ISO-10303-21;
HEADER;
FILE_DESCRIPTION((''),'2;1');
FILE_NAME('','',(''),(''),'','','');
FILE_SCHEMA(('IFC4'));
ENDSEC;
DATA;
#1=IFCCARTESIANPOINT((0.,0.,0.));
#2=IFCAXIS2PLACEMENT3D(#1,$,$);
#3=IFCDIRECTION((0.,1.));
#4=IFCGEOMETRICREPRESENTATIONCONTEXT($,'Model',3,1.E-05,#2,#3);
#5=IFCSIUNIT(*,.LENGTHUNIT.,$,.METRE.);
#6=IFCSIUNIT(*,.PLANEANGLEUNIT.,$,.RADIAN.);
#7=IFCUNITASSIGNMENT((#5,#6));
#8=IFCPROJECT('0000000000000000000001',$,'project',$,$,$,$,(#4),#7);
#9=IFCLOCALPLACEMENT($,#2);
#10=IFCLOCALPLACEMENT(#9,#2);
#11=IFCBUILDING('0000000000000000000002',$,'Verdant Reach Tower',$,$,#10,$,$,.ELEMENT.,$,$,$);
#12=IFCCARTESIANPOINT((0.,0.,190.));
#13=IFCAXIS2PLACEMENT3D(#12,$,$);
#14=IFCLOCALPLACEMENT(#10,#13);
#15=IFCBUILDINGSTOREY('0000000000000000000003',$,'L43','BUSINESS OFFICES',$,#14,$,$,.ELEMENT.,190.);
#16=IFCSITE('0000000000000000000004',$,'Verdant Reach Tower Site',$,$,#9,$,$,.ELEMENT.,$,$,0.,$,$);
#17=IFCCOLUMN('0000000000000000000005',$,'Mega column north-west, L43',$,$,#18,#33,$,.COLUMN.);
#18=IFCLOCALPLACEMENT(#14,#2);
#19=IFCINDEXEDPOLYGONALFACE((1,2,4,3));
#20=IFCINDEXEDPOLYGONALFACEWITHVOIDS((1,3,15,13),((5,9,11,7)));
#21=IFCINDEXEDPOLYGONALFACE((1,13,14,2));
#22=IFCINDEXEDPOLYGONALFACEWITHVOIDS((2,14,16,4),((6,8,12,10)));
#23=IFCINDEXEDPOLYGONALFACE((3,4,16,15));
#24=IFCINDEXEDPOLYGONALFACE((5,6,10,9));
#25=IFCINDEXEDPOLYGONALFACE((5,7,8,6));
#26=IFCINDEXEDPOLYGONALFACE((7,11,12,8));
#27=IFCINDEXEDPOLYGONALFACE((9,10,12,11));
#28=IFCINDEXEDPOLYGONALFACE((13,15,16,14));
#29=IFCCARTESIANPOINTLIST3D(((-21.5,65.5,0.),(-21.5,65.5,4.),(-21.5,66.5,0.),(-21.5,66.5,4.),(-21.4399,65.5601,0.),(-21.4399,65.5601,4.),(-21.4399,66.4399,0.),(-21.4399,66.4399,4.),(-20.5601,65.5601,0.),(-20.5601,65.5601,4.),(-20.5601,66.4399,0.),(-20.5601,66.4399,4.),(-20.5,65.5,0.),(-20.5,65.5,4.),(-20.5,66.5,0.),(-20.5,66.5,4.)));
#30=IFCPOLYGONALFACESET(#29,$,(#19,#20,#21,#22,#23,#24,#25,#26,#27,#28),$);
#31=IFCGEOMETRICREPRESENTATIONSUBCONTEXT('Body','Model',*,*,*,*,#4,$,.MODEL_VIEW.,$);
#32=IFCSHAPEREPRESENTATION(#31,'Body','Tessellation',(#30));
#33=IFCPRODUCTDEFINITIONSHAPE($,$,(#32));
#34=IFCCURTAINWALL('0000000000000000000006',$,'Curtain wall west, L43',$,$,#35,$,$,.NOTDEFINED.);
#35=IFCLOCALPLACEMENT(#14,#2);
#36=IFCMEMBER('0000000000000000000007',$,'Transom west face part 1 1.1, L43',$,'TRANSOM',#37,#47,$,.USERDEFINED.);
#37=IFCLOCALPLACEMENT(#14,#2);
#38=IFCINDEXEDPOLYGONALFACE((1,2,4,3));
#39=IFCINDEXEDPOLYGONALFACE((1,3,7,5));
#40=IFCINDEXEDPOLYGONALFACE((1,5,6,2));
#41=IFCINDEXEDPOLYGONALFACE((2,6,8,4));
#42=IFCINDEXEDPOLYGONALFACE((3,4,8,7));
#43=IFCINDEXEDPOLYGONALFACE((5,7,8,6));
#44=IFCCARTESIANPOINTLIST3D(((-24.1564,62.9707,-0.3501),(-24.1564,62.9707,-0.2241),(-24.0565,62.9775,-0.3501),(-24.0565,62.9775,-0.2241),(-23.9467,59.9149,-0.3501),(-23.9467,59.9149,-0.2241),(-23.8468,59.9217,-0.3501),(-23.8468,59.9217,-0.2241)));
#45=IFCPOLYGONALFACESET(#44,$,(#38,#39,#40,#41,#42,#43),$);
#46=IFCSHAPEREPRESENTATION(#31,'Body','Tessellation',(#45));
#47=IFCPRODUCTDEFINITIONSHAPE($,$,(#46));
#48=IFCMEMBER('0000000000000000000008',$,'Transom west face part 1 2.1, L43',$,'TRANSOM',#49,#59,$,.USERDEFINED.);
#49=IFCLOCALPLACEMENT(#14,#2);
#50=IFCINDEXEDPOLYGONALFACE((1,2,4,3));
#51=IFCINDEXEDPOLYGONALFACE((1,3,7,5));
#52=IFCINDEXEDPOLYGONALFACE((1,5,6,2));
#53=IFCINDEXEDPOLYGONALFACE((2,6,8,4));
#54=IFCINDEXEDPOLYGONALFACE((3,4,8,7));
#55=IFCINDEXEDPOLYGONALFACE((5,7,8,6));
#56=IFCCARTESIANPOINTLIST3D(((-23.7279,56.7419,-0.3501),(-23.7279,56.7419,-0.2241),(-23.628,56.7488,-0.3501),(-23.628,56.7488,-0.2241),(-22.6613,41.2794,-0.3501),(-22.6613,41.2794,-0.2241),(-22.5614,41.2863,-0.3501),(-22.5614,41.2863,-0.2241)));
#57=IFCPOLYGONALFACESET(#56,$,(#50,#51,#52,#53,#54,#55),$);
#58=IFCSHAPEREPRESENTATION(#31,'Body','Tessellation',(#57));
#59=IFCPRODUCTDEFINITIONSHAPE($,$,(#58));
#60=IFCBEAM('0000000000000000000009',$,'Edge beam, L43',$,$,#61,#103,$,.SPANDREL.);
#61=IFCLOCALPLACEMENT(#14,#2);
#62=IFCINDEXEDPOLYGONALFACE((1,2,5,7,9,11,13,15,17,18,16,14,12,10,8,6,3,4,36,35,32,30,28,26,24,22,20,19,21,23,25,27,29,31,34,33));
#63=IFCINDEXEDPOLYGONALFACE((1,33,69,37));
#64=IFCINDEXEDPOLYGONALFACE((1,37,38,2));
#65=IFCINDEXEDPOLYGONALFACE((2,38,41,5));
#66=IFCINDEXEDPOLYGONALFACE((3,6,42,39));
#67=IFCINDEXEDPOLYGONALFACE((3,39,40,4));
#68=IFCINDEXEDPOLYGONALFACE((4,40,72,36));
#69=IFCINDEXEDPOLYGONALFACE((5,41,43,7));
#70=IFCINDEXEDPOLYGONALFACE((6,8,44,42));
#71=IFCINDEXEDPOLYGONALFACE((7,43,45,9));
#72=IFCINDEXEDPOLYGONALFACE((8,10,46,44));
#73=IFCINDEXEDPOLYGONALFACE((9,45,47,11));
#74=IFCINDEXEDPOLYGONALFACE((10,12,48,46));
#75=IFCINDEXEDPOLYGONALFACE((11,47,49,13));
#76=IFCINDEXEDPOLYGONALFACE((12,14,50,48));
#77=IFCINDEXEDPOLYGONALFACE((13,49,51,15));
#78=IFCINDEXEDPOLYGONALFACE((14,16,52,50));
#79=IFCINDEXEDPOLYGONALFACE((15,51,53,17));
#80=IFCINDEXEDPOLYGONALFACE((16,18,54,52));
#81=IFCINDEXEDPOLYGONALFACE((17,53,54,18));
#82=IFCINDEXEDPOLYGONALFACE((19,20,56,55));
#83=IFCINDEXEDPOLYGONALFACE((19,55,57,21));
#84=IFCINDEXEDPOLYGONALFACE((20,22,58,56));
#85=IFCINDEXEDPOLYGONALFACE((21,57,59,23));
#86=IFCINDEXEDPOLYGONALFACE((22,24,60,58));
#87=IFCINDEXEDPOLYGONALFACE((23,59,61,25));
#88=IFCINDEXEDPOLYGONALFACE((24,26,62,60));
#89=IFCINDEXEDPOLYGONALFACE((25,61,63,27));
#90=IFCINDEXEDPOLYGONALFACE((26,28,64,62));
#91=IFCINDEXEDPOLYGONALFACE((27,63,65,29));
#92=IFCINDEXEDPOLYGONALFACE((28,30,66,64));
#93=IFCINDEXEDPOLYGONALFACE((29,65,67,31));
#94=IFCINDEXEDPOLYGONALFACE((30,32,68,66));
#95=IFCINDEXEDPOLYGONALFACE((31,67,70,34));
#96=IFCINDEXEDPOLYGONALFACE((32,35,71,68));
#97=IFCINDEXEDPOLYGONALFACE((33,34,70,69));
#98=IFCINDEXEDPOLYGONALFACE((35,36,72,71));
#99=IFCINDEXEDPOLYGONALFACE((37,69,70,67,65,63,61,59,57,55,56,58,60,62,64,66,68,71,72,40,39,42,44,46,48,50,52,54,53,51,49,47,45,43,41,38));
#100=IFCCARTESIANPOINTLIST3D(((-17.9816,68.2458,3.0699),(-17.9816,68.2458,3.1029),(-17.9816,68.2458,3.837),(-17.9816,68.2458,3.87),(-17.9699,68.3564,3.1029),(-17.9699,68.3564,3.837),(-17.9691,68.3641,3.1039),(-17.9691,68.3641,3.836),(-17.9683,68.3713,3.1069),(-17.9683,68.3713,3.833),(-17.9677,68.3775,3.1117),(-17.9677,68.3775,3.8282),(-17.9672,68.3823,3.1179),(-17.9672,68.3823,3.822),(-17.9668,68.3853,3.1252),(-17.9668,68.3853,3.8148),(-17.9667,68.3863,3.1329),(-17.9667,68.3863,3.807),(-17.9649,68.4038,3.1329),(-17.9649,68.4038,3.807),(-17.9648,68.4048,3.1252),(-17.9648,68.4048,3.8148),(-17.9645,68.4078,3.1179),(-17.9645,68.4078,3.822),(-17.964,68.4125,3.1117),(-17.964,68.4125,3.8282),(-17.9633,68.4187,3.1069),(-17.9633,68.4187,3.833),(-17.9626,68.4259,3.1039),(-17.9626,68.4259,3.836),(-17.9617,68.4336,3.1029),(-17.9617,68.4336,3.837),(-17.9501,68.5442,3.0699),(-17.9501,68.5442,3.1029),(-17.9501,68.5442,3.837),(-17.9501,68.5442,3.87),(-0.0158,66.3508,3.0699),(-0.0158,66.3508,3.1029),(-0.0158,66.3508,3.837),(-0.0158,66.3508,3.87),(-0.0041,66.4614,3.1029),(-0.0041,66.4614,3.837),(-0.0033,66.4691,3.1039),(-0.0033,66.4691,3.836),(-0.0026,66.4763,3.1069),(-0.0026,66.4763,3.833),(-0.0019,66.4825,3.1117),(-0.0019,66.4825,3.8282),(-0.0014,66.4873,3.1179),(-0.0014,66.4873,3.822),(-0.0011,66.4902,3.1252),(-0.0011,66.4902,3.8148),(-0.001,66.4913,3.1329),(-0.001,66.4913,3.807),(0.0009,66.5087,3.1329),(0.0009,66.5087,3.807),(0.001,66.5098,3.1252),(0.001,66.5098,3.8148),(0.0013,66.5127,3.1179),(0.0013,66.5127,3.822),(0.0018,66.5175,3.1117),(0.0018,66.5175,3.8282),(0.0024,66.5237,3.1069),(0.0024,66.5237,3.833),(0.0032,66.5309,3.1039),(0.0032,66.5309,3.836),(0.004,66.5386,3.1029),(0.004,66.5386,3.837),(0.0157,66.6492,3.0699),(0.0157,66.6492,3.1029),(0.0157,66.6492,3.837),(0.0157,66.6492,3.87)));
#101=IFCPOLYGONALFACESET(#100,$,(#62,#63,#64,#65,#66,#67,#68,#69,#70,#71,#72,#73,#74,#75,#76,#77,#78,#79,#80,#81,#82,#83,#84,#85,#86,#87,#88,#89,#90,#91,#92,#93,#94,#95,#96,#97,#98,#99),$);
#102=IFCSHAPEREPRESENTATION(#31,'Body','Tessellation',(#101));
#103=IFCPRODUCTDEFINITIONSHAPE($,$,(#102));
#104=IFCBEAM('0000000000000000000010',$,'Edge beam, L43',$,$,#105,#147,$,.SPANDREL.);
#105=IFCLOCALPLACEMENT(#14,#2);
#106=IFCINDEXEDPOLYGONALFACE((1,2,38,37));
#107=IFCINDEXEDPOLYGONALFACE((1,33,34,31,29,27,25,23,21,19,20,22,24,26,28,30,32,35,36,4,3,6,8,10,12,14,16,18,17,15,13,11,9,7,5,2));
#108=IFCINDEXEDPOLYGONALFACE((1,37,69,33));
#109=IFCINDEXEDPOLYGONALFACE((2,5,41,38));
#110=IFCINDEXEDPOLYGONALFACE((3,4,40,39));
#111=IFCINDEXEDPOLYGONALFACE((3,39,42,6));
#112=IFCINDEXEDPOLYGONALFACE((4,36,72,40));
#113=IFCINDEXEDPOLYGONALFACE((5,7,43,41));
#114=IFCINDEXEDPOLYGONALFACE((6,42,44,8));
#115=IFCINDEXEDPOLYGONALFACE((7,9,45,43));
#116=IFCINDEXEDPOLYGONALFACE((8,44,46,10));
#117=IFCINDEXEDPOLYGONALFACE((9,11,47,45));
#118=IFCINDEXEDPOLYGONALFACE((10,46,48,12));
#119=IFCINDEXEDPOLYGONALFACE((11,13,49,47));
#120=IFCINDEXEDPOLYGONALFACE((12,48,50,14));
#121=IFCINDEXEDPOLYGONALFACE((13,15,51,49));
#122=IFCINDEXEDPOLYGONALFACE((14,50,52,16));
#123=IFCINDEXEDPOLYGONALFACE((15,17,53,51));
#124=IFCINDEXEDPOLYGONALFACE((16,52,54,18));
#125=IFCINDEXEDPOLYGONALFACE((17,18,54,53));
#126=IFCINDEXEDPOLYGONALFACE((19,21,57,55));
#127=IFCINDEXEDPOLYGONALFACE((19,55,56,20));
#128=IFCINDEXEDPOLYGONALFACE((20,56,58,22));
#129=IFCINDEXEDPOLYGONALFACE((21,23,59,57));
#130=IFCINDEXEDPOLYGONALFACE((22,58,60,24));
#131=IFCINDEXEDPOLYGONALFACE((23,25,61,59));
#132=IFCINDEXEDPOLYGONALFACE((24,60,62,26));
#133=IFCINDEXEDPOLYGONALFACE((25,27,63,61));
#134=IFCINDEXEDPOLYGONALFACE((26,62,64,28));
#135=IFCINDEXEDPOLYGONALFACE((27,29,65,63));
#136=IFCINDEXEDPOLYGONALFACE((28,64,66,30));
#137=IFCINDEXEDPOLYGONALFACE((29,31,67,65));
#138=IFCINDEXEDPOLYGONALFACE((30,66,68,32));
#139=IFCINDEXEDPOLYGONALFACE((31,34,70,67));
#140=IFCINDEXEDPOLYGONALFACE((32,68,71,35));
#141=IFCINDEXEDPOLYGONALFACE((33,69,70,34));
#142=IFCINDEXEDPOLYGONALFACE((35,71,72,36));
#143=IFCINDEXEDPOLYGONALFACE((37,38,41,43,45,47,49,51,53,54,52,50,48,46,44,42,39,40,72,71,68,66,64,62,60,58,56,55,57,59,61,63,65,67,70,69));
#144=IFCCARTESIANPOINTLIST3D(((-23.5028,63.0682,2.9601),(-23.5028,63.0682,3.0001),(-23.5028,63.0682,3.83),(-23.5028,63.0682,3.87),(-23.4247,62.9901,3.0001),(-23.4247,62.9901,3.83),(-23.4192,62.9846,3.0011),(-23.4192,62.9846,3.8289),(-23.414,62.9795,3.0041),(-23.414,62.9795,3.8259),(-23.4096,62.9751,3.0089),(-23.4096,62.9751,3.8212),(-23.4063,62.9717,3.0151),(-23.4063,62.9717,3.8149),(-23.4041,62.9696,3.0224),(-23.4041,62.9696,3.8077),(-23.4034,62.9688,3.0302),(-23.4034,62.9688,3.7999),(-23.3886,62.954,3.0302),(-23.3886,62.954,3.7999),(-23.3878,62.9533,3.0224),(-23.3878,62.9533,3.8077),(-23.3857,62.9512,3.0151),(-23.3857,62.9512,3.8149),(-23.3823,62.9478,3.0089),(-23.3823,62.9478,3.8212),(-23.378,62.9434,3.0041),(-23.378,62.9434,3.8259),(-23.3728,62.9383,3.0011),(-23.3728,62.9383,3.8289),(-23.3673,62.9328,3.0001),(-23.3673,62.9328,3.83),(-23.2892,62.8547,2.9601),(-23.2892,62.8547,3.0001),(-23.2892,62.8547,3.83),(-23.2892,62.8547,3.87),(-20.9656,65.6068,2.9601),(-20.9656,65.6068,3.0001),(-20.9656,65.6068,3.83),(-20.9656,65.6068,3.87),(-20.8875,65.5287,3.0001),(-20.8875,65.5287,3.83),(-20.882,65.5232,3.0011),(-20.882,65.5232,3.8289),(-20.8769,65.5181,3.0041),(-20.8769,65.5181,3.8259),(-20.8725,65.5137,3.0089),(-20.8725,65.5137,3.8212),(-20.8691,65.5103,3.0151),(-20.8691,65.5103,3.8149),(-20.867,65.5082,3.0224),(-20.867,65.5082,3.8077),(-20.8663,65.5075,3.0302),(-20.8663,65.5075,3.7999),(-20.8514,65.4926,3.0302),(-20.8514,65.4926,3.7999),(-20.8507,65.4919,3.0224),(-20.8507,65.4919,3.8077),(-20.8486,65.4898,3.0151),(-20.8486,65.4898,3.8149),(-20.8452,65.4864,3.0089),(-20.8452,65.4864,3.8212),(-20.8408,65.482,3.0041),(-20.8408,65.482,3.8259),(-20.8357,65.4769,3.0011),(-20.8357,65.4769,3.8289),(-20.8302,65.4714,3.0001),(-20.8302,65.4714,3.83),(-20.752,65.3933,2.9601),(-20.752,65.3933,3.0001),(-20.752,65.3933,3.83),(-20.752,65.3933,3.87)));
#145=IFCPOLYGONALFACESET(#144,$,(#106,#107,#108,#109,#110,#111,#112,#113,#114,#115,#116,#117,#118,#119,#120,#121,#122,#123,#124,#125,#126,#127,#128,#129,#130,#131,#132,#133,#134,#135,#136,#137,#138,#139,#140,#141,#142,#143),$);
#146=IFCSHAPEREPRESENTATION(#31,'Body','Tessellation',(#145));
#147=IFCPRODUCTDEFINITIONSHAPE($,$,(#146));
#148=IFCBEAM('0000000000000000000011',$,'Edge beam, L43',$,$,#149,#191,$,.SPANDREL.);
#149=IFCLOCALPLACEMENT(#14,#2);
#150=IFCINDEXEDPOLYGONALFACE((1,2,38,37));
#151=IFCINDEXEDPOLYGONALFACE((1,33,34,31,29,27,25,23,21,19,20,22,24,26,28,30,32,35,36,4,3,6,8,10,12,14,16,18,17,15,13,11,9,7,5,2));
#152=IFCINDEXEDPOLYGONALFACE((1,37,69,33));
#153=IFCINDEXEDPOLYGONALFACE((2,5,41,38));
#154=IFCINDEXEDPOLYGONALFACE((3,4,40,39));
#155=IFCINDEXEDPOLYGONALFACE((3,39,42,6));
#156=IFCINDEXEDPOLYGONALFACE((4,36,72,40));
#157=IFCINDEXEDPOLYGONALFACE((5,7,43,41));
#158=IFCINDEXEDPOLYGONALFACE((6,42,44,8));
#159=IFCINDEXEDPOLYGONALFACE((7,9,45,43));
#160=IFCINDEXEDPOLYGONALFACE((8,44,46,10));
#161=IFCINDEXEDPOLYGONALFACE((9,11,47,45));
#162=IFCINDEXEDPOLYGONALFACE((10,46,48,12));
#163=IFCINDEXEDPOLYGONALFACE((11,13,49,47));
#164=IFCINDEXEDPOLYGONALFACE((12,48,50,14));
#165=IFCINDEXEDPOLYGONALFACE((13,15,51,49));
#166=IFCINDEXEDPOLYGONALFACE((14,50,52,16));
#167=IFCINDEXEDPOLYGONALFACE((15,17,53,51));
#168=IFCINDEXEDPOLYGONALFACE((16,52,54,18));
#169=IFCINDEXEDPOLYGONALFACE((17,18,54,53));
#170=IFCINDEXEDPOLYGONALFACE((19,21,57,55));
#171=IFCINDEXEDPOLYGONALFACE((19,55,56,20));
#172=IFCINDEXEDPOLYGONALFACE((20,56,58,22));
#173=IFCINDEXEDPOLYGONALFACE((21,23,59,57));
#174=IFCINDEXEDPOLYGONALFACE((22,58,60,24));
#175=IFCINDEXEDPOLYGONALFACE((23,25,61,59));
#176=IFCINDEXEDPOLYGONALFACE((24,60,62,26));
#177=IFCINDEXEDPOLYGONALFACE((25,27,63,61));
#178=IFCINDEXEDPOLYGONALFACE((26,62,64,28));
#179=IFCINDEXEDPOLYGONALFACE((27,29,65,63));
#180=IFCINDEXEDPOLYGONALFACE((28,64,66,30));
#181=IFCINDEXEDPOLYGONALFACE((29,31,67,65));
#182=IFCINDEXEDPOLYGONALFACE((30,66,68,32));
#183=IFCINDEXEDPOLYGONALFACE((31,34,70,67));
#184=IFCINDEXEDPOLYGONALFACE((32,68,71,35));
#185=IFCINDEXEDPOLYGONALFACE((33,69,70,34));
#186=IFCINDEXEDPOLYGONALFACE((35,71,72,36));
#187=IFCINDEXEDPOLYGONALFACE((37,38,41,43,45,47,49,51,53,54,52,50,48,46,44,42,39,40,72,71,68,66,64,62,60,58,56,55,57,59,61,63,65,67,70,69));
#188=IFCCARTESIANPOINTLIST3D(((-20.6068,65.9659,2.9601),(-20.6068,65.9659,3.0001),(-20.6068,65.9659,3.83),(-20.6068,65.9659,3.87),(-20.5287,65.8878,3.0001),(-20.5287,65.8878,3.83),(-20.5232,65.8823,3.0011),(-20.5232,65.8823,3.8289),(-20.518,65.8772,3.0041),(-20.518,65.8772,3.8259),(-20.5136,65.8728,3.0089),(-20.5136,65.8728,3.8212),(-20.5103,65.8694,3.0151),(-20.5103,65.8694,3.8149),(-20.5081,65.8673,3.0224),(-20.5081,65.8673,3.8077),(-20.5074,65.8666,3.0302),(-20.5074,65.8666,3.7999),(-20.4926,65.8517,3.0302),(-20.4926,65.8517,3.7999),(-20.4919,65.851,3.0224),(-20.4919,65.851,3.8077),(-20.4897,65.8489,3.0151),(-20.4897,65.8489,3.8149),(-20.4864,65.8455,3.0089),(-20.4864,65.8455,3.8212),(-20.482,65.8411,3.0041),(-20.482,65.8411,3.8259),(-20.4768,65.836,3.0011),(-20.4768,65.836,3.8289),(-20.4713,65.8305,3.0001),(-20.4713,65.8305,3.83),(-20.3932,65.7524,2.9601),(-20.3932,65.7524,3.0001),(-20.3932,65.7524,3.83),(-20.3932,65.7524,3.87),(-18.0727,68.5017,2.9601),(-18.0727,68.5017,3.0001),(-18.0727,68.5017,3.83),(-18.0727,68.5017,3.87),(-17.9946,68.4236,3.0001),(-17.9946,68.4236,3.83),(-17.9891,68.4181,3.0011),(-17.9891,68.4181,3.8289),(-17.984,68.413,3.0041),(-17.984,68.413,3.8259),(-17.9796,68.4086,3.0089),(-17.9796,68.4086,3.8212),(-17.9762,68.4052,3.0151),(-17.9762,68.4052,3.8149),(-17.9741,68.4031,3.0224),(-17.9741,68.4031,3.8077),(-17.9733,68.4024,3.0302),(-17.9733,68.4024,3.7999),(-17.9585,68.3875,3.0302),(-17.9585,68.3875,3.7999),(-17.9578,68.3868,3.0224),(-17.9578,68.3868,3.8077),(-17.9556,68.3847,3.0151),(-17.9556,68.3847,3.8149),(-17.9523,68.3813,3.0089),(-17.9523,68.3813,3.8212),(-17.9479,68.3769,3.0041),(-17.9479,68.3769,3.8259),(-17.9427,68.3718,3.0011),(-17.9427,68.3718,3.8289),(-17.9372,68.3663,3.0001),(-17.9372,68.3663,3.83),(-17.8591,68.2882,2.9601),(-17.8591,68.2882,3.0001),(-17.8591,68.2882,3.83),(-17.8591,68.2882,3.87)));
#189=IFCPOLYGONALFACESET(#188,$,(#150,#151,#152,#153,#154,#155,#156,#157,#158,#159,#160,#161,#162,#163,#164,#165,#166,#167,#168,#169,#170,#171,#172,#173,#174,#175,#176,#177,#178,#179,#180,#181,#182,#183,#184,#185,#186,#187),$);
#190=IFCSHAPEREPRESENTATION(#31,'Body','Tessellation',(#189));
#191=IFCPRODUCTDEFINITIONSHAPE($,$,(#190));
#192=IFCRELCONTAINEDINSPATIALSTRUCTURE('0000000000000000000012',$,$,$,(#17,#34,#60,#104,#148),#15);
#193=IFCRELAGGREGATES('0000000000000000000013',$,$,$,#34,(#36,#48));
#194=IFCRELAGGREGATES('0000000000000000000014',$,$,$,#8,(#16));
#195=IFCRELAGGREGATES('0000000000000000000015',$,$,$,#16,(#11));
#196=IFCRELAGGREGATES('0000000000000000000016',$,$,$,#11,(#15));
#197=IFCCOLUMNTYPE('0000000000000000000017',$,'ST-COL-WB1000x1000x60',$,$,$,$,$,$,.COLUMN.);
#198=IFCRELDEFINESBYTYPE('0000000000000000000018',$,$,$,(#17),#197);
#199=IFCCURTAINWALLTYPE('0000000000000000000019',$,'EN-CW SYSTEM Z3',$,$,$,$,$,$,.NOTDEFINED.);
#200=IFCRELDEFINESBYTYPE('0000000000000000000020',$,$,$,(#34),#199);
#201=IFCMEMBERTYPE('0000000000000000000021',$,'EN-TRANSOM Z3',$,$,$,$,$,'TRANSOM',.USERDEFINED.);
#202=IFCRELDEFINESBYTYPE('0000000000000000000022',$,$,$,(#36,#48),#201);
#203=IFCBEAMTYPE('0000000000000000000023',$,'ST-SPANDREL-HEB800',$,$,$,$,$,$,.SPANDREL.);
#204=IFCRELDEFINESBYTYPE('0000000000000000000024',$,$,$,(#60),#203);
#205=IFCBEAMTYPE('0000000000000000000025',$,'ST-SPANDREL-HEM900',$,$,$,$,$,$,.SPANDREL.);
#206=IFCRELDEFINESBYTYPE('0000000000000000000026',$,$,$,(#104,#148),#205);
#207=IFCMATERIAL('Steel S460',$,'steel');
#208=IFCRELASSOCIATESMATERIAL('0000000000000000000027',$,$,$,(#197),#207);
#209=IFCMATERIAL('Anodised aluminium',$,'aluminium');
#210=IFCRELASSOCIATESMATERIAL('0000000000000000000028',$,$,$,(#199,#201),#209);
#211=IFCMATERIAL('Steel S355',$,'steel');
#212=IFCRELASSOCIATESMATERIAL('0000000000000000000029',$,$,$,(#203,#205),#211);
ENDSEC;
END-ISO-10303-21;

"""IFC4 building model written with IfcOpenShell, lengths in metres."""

from ifc_helpers import new_model, si_unit, direction, frame, origin, origin_2d, place, context, subcontext, project, spatial, rectangle, hollow_rectangle, i_section, extrude, material, material_profile, profile_set, type_object, element, aggregate, save


model = new_model("IFC4")

# Units and contexts
model_context = context("Model", 3, precision=1e-05, world=origin(), true_north=direction((0.0, 1.0)))
body_context = subcontext(model_context, "Body", "Model", "MODEL_VIEW")
ifc_project = project(units=[si_unit("LENGTHUNIT", "METRE"), si_unit("PLANEANGLEUNIT", "RADIAN")], contexts=[model_context])

# Site, building, storey
site_placement = place(None, origin())
site = spatial("IfcSite", under=ifc_project, at=site_placement, Name="Verdant Reach Tower Site", CompositionType="ELEMENT", RefElevation=0.0)
building_placement = place(site_placement, origin())
building = spatial("IfcBuilding", under=site, at=building_placement, Name="Verdant Reach Tower", CompositionType="ELEMENT")
storey_placement = place(building_placement, frame((0.0, 0.0, 190.0)))
storey = spatial("IfcBuildingStorey", under=building, at=storey_placement, Name="L43", Description="BUSINESS OFFICES", CompositionType="ELEMENT", Elevation=190.0)

# Column
ifc_material_1 = material(Name="Steel S460", Category="steel")
ifc_material_profile_1 = material_profile(ifc_material_1, hollow_rectangle(XDim=1.0, YDim=1.0, WallThickness=0.0601, at=origin_2d()), Name="WB 1000x1000x60")
ifc_profile_set_1 = profile_set([ifc_material_profile_1], Name="Steel S460")
column_type = type_object("IfcColumnType", Name="ST-COL-WB1000x1000x60", PredefinedType="COLUMN", material=ifc_profile_set_1)
column_placement = place(storey_placement, frame((-21.0, 66.0, 0.0), z_axis=(0.0, 0.0, 1.0), x_axis=(1.0, 0.0, 0.0)))
element("IfcColumn", 1, at=column_placement, inside=storey, type_object=column_type, Name="Mega column north-west, L43", PredefinedType="COLUMN", context=body_context, shape_type="SweptSolid", body=[
    extrude(hollow_rectangle(XDim=1.0, YDim=1.0, WallThickness=0.0601, at=origin_2d()), origin(), (0.0, 0.0, 1.0), 4.0),
])

# Curtain wall, members
ifc_material_2 = material(Name="Anodised aluminium", Category="aluminium")
curtain_wall_type = type_object("IfcCurtainWallType", Name="EN-CW SYSTEM Z3", PredefinedType="NOTDEFINED", material=ifc_material_2)
curtain_wall_1_placement = place(storey_placement, origin())
curtain_wall_1 = element("IfcCurtainWall", 2, at=curtain_wall_1_placement, inside=storey, type_object=curtain_wall_type, Name="Curtain wall west, L43", PredefinedType="NOTDEFINED")
ifc_material_profile_2 = material_profile(ifc_material_2, rectangle(XDim=0.1001, YDim=0.126, at=origin_2d()), Name="Transom 126x100")
ifc_profile_set_2 = profile_set([ifc_material_profile_2], Name="Anodised aluminium")
member_type = type_object("IfcMemberType", Name="EN-TRANSOM Z3", ElementType="TRANSOM", PredefinedType="USERDEFINED", material=ifc_profile_set_2)
member_1_placement = place(storey_placement, frame((-24.1064, 62.9741, -0.2871), z_axis=(0.068466, -0.997653, 0.0), x_axis=(0.997653, 0.068466, 0.0)))
member_1 = element("IfcMember", 3, at=member_1_placement, type_object=member_type, Name="Transom west face part 1 1.1, L43", ObjectType="TRANSOM", PredefinedType="USERDEFINED", context=body_context, shape_type="SweptSolid", body=[
    extrude(rectangle(XDim=0.1001, YDim=0.126, at=origin_2d()), origin(), (0.0, 0.0, 1.0), 3.063),
])
member_2_placement = place(storey_placement, frame((-23.678, 56.7454, -0.2871), z_axis=(0.06882, -0.997629, 0.0), x_axis=(0.997629, 0.06882, 0.0)))
member_2 = element("IfcMember", 4, at=member_2_placement, type_object=member_type, Name="Transom west face part 1 2.1, L43", ObjectType="TRANSOM", PredefinedType="USERDEFINED", context=body_context, shape_type="SweptSolid", body=[
    extrude(rectangle(XDim=0.1001, YDim=0.126, at=origin_2d()), origin(), (0.0, 0.0, 1.0), 15.4993),
])

# Beams
ifc_material_3 = material(Name="Steel S355", Category="steel")
ifc_material_profile_3 = material_profile(ifc_material_3, i_section(OverallWidth=0.3, OverallDepth=0.8, WebThickness=0.0176, FlangeThickness=0.033, FilletRadius=0.03, at=origin_2d()), Name="HEB 800")
ifc_profile_set_3 = profile_set([ifc_material_profile_3], Name="Steel S355")
beam_type_1 = type_object("IfcBeamType", Name="ST-SPANDREL-HEB800", PredefinedType="SPANDREL", material=ifc_profile_set_3)
beam_1_placement = place(storey_placement, frame((-17.9658, 68.395, 3.47), z_axis=(0.994483, -0.104897, 0.0), x_axis=(0.104897, 0.994483, 0.0)))
element("IfcBeam", 5, at=beam_1_placement, inside=storey, type_object=beam_type_1, Name="Edge beam, L43", PredefinedType="SPANDREL", context=body_context, shape_type="SweptSolid", body=[
    extrude(i_section(OverallWidth=0.3, OverallDepth=0.8, WebThickness=0.0176, FlangeThickness=0.033, FilletRadius=0.03, at=origin_2d()), origin(), (0.0, 0.0, 1.0), 18.0654),
])
ifc_material_profile_4 = material_profile(ifc_material_3, i_section(OverallWidth=0.302, OverallDepth=0.9099, WebThickness=0.021, FlangeThickness=0.04, FilletRadius=0.03, at=origin_2d()), Name="HEM 900")
ifc_profile_set_4 = profile_set([ifc_material_profile_4], Name="Steel S355")
beam_type_2 = type_object("IfcBeamType", Name="ST-SPANDREL-HEM900", PredefinedType="SPANDREL", material=ifc_profile_set_4)
beam_2_placement = place(storey_placement, frame((-23.396, 62.9614, 3.415), z_axis=(0.706903, 0.707311, 0.0), x_axis=(-0.707311, 0.706903, 0.0)))
element("IfcBeam", 6, at=beam_2_placement, inside=storey, type_object=beam_type_2, Name="Edge beam, L43", PredefinedType="SPANDREL", context=body_context, shape_type="SweptSolid", body=[
    extrude(i_section(OverallWidth=0.302, OverallDepth=0.9099, WebThickness=0.021, FlangeThickness=0.04, FilletRadius=0.03, at=origin_2d()), origin(), (0.0, 0.0, 1.0), 3.5891),
])
beam_3_placement = place(storey_placement, frame((-20.5, 65.8591, 3.415), z_axis=(0.706868, 0.707345, 0.0), x_axis=(-0.707345, 0.706868, 0.0)))
element("IfcBeam", 7, at=beam_3_placement, inside=storey, type_object=beam_type_2, Name="Edge beam, L43", PredefinedType="SPANDREL", context=body_context, shape_type="SweptSolid", body=[
    extrude(i_section(OverallWidth=0.302, OverallDepth=0.9099, WebThickness=0.021, FlangeThickness=0.04, FilletRadius=0.03, at=origin_2d()), origin(), (0.0, 0.0, 1.0), 3.585),
])

aggregate(curtain_wall_1, [member_1, member_2])

save(model, "model.ifc")
